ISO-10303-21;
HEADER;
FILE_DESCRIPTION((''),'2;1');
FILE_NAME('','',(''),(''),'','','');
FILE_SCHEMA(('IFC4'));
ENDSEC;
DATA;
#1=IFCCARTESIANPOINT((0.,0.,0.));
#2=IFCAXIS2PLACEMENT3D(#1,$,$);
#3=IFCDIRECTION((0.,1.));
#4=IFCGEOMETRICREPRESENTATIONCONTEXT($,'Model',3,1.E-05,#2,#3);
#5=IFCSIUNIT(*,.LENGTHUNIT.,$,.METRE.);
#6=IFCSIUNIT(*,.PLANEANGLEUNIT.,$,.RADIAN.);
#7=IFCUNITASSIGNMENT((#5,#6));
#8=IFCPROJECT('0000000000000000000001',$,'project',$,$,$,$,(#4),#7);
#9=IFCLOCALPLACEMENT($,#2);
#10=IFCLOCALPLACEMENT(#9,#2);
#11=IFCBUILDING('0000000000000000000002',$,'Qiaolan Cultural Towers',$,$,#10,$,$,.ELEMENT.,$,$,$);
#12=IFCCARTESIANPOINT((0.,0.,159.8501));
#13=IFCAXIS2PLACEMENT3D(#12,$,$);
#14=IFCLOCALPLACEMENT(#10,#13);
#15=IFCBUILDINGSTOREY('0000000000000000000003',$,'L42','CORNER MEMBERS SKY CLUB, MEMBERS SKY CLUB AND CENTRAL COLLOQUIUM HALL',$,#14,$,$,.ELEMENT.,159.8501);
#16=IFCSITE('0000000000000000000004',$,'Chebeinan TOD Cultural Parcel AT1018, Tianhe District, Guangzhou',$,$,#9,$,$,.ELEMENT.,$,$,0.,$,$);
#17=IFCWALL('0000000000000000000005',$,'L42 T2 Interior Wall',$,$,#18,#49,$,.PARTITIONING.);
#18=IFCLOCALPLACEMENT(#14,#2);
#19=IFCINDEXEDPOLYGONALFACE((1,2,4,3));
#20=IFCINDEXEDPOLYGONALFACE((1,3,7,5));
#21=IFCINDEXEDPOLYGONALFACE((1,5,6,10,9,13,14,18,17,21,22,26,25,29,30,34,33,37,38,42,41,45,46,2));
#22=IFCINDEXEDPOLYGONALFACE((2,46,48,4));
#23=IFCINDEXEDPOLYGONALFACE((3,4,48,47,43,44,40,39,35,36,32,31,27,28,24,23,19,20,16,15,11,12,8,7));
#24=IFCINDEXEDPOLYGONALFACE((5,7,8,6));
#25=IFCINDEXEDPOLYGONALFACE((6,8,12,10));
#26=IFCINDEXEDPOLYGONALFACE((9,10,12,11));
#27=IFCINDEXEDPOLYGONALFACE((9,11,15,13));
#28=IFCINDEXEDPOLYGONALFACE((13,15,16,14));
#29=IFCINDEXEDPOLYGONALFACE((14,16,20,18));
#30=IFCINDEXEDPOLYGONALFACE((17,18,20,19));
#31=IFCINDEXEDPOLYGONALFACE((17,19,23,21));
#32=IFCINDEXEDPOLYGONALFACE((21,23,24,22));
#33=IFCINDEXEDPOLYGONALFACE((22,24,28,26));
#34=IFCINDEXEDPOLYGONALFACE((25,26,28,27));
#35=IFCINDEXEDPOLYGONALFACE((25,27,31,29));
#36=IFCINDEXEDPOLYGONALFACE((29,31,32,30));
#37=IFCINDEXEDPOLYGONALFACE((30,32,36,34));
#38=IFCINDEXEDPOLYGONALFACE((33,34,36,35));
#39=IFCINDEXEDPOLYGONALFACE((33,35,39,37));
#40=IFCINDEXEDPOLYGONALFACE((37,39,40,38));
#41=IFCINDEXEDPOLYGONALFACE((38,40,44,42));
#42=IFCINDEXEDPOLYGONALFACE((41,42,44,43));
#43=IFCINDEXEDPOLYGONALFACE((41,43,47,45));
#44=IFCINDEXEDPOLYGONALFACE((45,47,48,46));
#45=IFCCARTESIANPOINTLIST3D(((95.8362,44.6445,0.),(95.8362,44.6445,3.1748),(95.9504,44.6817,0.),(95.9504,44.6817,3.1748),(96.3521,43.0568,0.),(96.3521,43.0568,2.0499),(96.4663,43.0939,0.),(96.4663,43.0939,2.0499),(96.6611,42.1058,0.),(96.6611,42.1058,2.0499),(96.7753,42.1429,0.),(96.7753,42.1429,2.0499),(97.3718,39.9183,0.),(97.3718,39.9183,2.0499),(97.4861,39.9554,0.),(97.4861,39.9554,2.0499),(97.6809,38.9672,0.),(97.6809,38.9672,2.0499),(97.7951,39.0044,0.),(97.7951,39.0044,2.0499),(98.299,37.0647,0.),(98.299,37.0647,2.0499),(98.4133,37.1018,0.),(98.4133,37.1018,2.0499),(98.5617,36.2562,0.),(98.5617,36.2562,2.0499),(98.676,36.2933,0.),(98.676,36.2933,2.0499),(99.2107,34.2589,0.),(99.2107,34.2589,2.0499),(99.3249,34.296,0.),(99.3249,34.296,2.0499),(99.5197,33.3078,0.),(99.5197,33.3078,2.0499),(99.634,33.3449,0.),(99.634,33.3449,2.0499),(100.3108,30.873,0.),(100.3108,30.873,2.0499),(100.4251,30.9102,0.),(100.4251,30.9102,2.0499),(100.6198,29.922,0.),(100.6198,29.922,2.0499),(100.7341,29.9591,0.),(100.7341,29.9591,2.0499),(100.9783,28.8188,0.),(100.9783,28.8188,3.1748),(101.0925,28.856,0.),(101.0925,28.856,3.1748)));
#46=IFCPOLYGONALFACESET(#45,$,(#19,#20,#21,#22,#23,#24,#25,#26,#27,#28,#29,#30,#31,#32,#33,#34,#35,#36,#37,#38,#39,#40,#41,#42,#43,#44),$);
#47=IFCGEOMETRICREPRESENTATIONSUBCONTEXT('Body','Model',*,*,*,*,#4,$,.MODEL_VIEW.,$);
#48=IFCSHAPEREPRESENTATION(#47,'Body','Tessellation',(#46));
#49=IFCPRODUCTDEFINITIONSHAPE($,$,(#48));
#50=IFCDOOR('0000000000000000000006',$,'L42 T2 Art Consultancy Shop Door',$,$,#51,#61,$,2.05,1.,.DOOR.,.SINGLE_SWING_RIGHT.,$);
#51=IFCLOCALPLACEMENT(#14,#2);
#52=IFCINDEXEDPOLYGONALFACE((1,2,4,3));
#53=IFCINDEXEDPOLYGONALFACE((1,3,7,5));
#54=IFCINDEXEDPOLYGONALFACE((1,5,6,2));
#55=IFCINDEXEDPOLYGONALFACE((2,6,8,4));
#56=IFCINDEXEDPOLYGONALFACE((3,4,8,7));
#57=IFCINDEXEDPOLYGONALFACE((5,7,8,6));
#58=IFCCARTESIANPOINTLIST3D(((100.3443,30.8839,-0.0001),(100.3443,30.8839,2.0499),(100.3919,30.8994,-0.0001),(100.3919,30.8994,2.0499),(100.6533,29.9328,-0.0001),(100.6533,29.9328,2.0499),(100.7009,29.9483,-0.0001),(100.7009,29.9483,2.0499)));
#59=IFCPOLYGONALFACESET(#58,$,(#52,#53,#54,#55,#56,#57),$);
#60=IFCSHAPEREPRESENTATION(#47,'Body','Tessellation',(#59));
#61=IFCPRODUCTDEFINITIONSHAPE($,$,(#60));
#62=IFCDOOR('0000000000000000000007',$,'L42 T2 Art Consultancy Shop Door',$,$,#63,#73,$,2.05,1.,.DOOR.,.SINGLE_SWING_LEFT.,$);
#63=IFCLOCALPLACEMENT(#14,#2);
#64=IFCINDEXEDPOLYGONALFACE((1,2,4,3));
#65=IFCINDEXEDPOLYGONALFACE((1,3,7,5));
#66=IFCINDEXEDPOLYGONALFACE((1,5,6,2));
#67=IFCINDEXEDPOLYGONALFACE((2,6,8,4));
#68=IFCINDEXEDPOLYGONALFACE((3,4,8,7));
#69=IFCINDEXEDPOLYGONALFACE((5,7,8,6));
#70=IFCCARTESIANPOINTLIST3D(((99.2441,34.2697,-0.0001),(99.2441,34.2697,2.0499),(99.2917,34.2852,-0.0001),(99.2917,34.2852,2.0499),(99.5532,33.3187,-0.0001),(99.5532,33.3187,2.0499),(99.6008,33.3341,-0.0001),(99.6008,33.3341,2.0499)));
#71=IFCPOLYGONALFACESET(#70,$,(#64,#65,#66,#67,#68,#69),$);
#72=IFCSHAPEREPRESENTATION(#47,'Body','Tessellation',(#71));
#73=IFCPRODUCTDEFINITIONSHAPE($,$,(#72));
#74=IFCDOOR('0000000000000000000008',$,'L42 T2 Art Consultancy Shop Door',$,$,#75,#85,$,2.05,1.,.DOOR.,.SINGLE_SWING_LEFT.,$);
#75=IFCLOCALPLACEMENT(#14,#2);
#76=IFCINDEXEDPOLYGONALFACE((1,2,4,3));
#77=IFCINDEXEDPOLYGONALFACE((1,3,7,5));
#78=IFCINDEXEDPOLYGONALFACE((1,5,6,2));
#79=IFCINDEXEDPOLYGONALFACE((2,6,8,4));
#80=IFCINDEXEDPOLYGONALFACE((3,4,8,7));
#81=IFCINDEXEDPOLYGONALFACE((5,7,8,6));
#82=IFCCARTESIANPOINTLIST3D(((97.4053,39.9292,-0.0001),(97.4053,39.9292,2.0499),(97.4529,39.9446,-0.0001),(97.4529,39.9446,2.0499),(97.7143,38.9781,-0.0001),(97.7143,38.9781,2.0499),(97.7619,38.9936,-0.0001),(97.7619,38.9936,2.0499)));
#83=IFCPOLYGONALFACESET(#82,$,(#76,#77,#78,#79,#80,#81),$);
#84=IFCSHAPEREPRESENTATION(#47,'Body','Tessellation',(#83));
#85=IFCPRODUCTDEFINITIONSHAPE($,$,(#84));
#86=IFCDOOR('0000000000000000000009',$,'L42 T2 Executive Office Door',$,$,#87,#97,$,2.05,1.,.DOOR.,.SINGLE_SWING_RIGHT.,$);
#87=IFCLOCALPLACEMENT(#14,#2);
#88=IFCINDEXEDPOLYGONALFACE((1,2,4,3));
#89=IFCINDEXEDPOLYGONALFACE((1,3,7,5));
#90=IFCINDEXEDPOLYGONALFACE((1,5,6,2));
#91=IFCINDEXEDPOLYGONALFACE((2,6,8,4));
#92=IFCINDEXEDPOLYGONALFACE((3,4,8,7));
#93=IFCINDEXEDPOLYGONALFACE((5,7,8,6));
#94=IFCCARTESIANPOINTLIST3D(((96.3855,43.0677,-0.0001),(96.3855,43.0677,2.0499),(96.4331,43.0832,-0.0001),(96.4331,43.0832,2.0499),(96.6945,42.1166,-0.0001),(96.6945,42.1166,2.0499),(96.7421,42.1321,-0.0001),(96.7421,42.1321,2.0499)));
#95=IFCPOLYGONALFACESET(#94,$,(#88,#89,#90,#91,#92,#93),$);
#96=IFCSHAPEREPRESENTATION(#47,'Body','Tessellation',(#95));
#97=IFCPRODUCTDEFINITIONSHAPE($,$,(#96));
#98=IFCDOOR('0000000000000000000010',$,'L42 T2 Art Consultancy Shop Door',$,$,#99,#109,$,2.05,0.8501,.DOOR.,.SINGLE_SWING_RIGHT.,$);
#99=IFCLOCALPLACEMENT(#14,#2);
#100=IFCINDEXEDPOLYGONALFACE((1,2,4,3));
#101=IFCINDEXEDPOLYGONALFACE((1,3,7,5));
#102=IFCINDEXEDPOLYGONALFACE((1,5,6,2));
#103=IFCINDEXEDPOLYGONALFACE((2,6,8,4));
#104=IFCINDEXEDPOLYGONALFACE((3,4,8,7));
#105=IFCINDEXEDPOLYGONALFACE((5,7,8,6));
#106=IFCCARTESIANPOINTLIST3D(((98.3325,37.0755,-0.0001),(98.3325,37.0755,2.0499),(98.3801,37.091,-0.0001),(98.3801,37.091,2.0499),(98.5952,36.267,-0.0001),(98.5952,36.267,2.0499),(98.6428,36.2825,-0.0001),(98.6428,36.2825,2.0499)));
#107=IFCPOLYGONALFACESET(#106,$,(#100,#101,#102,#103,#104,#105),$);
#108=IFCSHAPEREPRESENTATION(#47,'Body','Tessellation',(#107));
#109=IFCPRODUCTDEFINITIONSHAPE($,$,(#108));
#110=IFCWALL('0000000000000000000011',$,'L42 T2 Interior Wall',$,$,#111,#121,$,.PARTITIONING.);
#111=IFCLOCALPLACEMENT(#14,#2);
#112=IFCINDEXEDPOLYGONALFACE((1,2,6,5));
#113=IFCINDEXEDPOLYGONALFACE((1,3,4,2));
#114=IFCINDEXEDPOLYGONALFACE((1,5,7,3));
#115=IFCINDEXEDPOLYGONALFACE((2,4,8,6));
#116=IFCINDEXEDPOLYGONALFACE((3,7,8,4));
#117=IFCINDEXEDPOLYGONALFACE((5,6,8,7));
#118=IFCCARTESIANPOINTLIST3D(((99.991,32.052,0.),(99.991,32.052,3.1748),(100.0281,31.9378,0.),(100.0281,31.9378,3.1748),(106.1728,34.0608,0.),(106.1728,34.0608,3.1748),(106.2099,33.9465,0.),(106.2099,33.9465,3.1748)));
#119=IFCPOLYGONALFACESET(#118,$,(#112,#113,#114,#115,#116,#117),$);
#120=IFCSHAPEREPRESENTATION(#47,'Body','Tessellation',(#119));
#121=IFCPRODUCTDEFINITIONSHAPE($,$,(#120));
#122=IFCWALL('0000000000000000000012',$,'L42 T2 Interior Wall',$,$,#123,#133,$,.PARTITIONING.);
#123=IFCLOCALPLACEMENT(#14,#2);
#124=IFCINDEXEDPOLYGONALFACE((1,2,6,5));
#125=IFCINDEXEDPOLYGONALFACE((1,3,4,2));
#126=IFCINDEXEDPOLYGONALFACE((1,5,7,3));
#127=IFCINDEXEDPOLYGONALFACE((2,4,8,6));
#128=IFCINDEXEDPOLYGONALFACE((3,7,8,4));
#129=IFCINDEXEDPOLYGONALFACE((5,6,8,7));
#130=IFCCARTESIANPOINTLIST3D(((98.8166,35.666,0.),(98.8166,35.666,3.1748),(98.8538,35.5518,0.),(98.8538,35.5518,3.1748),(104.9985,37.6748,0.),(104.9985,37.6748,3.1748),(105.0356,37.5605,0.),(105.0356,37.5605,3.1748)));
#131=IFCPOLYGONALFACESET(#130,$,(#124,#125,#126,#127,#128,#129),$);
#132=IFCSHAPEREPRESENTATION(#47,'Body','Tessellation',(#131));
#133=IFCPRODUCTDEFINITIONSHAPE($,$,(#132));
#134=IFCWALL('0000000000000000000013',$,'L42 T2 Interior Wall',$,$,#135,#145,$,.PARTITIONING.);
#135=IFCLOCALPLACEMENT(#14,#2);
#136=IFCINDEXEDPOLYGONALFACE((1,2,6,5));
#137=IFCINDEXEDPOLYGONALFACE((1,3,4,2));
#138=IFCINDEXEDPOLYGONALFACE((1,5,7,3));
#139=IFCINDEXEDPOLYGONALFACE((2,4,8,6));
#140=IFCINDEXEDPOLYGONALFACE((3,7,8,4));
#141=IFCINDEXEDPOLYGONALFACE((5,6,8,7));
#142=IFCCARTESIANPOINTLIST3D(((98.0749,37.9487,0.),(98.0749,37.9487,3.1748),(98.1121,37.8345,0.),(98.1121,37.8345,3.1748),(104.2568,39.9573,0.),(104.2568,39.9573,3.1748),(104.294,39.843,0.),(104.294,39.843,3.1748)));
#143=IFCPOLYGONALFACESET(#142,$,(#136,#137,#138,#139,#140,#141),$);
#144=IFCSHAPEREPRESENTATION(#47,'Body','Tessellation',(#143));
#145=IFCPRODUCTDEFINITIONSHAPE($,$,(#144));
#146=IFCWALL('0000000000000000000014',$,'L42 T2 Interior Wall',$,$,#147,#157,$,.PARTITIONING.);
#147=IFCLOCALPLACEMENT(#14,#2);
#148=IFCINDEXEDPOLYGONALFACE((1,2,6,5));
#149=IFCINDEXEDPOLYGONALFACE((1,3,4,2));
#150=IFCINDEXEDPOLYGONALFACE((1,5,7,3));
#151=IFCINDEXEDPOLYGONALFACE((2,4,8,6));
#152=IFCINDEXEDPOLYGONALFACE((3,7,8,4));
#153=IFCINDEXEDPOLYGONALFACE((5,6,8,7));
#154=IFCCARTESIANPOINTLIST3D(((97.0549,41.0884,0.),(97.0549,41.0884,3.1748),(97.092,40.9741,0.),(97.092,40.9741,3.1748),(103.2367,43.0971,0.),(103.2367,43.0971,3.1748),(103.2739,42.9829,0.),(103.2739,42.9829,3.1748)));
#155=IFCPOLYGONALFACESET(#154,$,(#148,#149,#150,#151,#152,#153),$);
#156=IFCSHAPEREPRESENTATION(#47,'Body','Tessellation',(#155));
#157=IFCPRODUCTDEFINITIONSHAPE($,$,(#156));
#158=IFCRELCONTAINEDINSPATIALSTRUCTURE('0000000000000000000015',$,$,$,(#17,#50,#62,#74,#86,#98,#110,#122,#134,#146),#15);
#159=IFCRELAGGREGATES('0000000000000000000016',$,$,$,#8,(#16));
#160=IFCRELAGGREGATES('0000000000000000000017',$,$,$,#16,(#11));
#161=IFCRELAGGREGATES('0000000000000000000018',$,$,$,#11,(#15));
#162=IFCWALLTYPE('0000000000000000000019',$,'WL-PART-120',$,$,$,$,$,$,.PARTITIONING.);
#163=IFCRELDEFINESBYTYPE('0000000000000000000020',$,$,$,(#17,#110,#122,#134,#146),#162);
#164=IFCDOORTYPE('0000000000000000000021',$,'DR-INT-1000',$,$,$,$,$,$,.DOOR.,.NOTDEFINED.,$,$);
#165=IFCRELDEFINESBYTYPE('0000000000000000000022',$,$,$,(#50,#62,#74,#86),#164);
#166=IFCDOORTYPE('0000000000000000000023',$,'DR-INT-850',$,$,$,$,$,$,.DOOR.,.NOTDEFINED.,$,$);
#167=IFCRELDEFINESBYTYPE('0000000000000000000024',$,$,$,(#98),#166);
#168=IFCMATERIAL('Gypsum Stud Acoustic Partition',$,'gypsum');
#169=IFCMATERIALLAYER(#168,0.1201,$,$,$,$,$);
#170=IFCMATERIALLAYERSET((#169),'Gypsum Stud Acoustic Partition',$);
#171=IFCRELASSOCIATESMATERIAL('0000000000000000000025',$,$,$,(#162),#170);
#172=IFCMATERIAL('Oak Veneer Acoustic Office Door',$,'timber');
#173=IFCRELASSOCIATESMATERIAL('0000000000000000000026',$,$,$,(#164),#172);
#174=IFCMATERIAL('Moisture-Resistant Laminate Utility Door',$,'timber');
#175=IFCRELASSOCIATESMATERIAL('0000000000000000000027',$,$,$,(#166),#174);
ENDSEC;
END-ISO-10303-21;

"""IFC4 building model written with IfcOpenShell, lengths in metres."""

from ifc_helpers import new_model, si_unit, direction, frame, frame_2d, origin, place, context, subcontext, project, spatial, rectangle, extrude, material, layer, layer_set, type_object, element, fill, save


model = new_model("IFC4")

# Units and contexts
model_context = context("Model", 3, precision=1e-05, world=origin(), true_north=direction((0.0, 1.0)))
body_context = subcontext(model_context, "Body", "Model", "MODEL_VIEW")
ifc_project = project(units=[si_unit("LENGTHUNIT", "METRE"), si_unit("PLANEANGLEUNIT", "RADIAN")], contexts=[model_context])

# Site, building, storey
site_placement = place(None, origin())
site = spatial("IfcSite", under=ifc_project, at=site_placement, Name="Chebeinan TOD Cultural Parcel AT1018, Tianhe District, Guangzhou", CompositionType="ELEMENT", RefElevation=0.0)
building_placement = place(site_placement, origin())
building = spatial("IfcBuilding", under=site, at=building_placement, Name="Qiaolan Cultural Towers", CompositionType="ELEMENT")
storey_placement = place(building_placement, frame((0.0, 0.0, 159.8501)))
storey = spatial("IfcBuildingStorey", under=building, at=storey_placement, Name="L42", Description="CORNER MEMBERS SKY CLUB, MEMBERS SKY CLUB AND CENTRAL COLLOQUIUM HALL", CompositionType="ELEMENT", Elevation=159.8501)

# Shared definitions
ifc_material_1 = material(Name="Gypsum Stud Acoustic Partition", Category="gypsum")
ifc_layer_1 = layer(ifc_material_1, 0.1201)
ifc_layer_set_1 = layer_set([ifc_layer_1], Name="Gypsum Stud Acoustic Partition")
wall_type_1 = type_object("IfcWallType", Name="WL-PART-120", PredefinedType="PARTITIONING", material=ifc_layer_set_1)

# Wall, openings, doors
wall_1_placement = place(storey_placement, frame((101.0354, 28.8374, 0.0), z_axis=(0.0, 0.0, 1.0), x_axis=(-0.309018, 0.951056, 0.0)))
wall_1 = element("IfcWall", 1, at=wall_1_placement, inside=storey, type_object=wall_type_1, Name="L42 T2 Interior Wall", PredefinedType="PARTITIONING", context=body_context, shape_type="SweptSolid", body=[
    extrude(rectangle(XDim=16.6401, YDim=0.1201, at=frame_2d((8.3201, 0.0))), origin(), (0.0, 0.0, 1.0), 3.1748),
])
opening_1_placement = place(wall_1_placement, frame((1.1599, 0.0, 0.0)))
opening_1 = element("IfcOpeningElement", 2, at=opening_1_placement, cuts=wall_1, PredefinedType="OPENING", context=body_context, shape_type="SweptSolid", body=[
    extrude(rectangle(XDim=1.0, YDim=2.05, at=frame_2d((0.5, 1.0249))), frame((0.0, 0.0701, 0.0), z_axis=(0.0, -1.0, 0.0), x_axis=(1.0, 0.0, 0.0)), (0.0, 0.0, 1.0), 0.1401),
])
opening_2_placement = place(wall_1_placement, frame((4.72, 0.0, 0.0)))
opening_2 = element("IfcOpeningElement", 3, at=opening_2_placement, cuts=wall_1, PredefinedType="OPENING", context=body_context, shape_type="SweptSolid", body=[
    extrude(rectangle(XDim=1.0, YDim=2.05, at=frame_2d((0.5, 1.0249))), frame((0.0, 0.0701, 0.0), z_axis=(0.0, -1.0, 0.0), x_axis=(1.0, 0.0, 0.0)), (0.0, 0.0, 1.0), 0.1401),
])
opening_3_placement = place(wall_1_placement, frame((7.8201, 0.0, 0.0)))
opening_3 = element("IfcOpeningElement", 4, at=opening_3_placement, cuts=wall_1, PredefinedType="OPENING", context=body_context, shape_type="SweptSolid", body=[
    extrude(rectangle(XDim=0.8501, YDim=2.05, at=frame_2d((0.425, 1.0249))), frame((0.0, 0.0701, 0.0), z_axis=(0.0, -1.0, 0.0), x_axis=(1.0, 0.0, 0.0)), (0.0, 0.0, 1.0), 0.1401),
])
opening_4_placement = place(wall_1_placement, frame((10.6707, 0.0, 0.0)))
opening_4 = element("IfcOpeningElement", 5, at=opening_4_placement, cuts=wall_1, PredefinedType="OPENING", context=body_context, shape_type="SweptSolid", body=[
    extrude(rectangle(XDim=1.0, YDim=2.05, at=frame_2d((0.5, 1.0249))), frame((0.0, 0.0701, 0.0), z_axis=(0.0, -1.0, 0.0), x_axis=(1.0, 0.0, 0.0)), (0.0, 0.0, 1.0), 0.1401),
])
opening_5_placement = place(wall_1_placement, frame((13.9707, 0.0, 0.0)))
opening_5 = element("IfcOpeningElement", 6, at=opening_5_placement, cuts=wall_1, PredefinedType="OPENING", context=body_context, shape_type="SweptSolid", body=[
    extrude(rectangle(XDim=1.0, YDim=2.05, at=frame_2d((0.5, 1.0249))), frame((0.0, 0.0701, 0.0), z_axis=(0.0, -1.0, 0.0), x_axis=(1.0, 0.0, 0.0)), (0.0, 0.0, 1.0), 0.1401),
])
ifc_material_2 = material(Name="Oak Veneer Acoustic Office Door", Category="timber")
door_type_1 = type_object("IfcDoorType", Name="DR-INT-1000", OperationType="NOTDEFINED", PredefinedType="DOOR", material=ifc_material_2)
door_1_placement = place(opening_1_placement, origin())
door_1 = element("IfcDoor", 7, at=door_1_placement, inside=storey, type_object=door_type_1, Name="L42 T2 Art Consultancy Shop Door", OperationType="SINGLE_SWING_RIGHT", OverallHeight=2.05, OverallWidth=1.0, PredefinedType="DOOR", context=body_context, shape_type="SweptSolid", body=[
    extrude(rectangle(XDim=1.0, YDim=2.05, at=frame_2d((0.5, 1.0249))), frame((0.0, 0.0249, 0.0), z_axis=(0.0, -1.0, 0.0), x_axis=(1.0, 0.0, 0.0)), (0.0, 0.0, 1.0), 0.05),
])
fill(opening_1, door_1)
door_2_placement = place(opening_2_placement, origin())
door_2 = element("IfcDoor", 8, at=door_2_placement, inside=storey, type_object=door_type_1, Name="L42 T2 Art Consultancy Shop Door", OperationType="SINGLE_SWING_LEFT", OverallHeight=2.05, OverallWidth=1.0, PredefinedType="DOOR", context=body_context, shape_type="SweptSolid", body=[
    extrude(rectangle(XDim=1.0, YDim=2.05, at=frame_2d((0.5, 1.0249))), frame((0.0, 0.0249, 0.0), z_axis=(0.0, -1.0, 0.0), x_axis=(1.0, 0.0, 0.0)), (0.0, 0.0, 1.0), 0.05),
])
fill(opening_2, door_2)
door_3_placement = place(opening_4_placement, origin())
door_3 = element("IfcDoor", 9, at=door_3_placement, inside=storey, type_object=door_type_1, Name="L42 T2 Art Consultancy Shop Door", OperationType="SINGLE_SWING_LEFT", OverallHeight=2.05, OverallWidth=1.0, PredefinedType="DOOR", context=body_context, shape_type="SweptSolid", body=[
    extrude(rectangle(XDim=1.0, YDim=2.05, at=frame_2d((0.5, 1.0249))), frame((0.0, 0.0249, 0.0), z_axis=(0.0, -1.0, 0.0), x_axis=(1.0, 0.0, 0.0)), (0.0, 0.0, 1.0), 0.05),
])
fill(opening_4, door_3)
door_4_placement = place(opening_5_placement, origin())
door_4 = element("IfcDoor", 10, at=door_4_placement, inside=storey, type_object=door_type_1, Name="L42 T2 Executive Office Door", OperationType="SINGLE_SWING_RIGHT", OverallHeight=2.05, OverallWidth=1.0, PredefinedType="DOOR", context=body_context, shape_type="SweptSolid", body=[
    extrude(rectangle(XDim=1.0, YDim=2.05, at=frame_2d((0.5, 1.0249))), frame((0.0, 0.0249, 0.0), z_axis=(0.0, -1.0, 0.0), x_axis=(1.0, 0.0, 0.0)), (0.0, 0.0, 1.0), 0.05),
])
fill(opening_5, door_4)
ifc_material_3 = material(Name="Moisture-Resistant Laminate Utility Door", Category="timber")
door_type_2 = type_object("IfcDoorType", Name="DR-INT-850", OperationType="NOTDEFINED", PredefinedType="DOOR", material=ifc_material_3)
door_5_placement = place(opening_3_placement, origin())
door_5 = element("IfcDoor", 11, at=door_5_placement, inside=storey, type_object=door_type_2, Name="L42 T2 Art Consultancy Shop Door", OperationType="SINGLE_SWING_RIGHT", OverallHeight=2.05, OverallWidth=0.8501, PredefinedType="DOOR", context=body_context, shape_type="SweptSolid", body=[
    extrude(rectangle(XDim=0.8501, YDim=2.05, at=frame_2d((0.425, 1.0249))), frame((0.0, 0.0249, 0.0), z_axis=(0.0, -1.0, 0.0), x_axis=(1.0, 0.0, 0.0)), (0.0, 0.0, 1.0), 0.05),
])
fill(opening_3, door_5)

# Walls
for number, where, z_axis, x_axis, name in (
    (12, (100.0095, 31.9949, 0.0), (0.0, 0.0, 1.0), (0.951049, 0.309041, 0.0), "L42 T2 Interior Wall"),
    (13, (98.8352, 35.6089, 0.0), (0.0, 0.0, 1.0), (0.951049, 0.309041, 0.0), "L42 T2 Interior Wall"),
    (14, (98.0935, 37.8916, 0.0), (0.0, 0.0, 1.0), (0.95106, 0.309007, 0.0), "L42 T2 Interior Wall"),
    (15, (97.0735, 41.0312, 0.0), (0.0, 0.0, 1.0), (0.951049, 0.309041, 0.0), "L42 T2 Interior Wall"),
):
    element("IfcWall", number, at=place(storey_placement, frame(where, z_axis=z_axis, x_axis=x_axis)), inside=storey, type_object=wall_type_1, Name=name, PredefinedType="PARTITIONING", context=body_context, shape_type="SweptSolid", body=[
        extrude(rectangle(XDim=6.5, YDim=0.1201, at=frame_2d((3.25, 0.0))), origin(), (0.0, 0.0, 1.0), 3.1748),
    ])

save(model, "model.ifc")
